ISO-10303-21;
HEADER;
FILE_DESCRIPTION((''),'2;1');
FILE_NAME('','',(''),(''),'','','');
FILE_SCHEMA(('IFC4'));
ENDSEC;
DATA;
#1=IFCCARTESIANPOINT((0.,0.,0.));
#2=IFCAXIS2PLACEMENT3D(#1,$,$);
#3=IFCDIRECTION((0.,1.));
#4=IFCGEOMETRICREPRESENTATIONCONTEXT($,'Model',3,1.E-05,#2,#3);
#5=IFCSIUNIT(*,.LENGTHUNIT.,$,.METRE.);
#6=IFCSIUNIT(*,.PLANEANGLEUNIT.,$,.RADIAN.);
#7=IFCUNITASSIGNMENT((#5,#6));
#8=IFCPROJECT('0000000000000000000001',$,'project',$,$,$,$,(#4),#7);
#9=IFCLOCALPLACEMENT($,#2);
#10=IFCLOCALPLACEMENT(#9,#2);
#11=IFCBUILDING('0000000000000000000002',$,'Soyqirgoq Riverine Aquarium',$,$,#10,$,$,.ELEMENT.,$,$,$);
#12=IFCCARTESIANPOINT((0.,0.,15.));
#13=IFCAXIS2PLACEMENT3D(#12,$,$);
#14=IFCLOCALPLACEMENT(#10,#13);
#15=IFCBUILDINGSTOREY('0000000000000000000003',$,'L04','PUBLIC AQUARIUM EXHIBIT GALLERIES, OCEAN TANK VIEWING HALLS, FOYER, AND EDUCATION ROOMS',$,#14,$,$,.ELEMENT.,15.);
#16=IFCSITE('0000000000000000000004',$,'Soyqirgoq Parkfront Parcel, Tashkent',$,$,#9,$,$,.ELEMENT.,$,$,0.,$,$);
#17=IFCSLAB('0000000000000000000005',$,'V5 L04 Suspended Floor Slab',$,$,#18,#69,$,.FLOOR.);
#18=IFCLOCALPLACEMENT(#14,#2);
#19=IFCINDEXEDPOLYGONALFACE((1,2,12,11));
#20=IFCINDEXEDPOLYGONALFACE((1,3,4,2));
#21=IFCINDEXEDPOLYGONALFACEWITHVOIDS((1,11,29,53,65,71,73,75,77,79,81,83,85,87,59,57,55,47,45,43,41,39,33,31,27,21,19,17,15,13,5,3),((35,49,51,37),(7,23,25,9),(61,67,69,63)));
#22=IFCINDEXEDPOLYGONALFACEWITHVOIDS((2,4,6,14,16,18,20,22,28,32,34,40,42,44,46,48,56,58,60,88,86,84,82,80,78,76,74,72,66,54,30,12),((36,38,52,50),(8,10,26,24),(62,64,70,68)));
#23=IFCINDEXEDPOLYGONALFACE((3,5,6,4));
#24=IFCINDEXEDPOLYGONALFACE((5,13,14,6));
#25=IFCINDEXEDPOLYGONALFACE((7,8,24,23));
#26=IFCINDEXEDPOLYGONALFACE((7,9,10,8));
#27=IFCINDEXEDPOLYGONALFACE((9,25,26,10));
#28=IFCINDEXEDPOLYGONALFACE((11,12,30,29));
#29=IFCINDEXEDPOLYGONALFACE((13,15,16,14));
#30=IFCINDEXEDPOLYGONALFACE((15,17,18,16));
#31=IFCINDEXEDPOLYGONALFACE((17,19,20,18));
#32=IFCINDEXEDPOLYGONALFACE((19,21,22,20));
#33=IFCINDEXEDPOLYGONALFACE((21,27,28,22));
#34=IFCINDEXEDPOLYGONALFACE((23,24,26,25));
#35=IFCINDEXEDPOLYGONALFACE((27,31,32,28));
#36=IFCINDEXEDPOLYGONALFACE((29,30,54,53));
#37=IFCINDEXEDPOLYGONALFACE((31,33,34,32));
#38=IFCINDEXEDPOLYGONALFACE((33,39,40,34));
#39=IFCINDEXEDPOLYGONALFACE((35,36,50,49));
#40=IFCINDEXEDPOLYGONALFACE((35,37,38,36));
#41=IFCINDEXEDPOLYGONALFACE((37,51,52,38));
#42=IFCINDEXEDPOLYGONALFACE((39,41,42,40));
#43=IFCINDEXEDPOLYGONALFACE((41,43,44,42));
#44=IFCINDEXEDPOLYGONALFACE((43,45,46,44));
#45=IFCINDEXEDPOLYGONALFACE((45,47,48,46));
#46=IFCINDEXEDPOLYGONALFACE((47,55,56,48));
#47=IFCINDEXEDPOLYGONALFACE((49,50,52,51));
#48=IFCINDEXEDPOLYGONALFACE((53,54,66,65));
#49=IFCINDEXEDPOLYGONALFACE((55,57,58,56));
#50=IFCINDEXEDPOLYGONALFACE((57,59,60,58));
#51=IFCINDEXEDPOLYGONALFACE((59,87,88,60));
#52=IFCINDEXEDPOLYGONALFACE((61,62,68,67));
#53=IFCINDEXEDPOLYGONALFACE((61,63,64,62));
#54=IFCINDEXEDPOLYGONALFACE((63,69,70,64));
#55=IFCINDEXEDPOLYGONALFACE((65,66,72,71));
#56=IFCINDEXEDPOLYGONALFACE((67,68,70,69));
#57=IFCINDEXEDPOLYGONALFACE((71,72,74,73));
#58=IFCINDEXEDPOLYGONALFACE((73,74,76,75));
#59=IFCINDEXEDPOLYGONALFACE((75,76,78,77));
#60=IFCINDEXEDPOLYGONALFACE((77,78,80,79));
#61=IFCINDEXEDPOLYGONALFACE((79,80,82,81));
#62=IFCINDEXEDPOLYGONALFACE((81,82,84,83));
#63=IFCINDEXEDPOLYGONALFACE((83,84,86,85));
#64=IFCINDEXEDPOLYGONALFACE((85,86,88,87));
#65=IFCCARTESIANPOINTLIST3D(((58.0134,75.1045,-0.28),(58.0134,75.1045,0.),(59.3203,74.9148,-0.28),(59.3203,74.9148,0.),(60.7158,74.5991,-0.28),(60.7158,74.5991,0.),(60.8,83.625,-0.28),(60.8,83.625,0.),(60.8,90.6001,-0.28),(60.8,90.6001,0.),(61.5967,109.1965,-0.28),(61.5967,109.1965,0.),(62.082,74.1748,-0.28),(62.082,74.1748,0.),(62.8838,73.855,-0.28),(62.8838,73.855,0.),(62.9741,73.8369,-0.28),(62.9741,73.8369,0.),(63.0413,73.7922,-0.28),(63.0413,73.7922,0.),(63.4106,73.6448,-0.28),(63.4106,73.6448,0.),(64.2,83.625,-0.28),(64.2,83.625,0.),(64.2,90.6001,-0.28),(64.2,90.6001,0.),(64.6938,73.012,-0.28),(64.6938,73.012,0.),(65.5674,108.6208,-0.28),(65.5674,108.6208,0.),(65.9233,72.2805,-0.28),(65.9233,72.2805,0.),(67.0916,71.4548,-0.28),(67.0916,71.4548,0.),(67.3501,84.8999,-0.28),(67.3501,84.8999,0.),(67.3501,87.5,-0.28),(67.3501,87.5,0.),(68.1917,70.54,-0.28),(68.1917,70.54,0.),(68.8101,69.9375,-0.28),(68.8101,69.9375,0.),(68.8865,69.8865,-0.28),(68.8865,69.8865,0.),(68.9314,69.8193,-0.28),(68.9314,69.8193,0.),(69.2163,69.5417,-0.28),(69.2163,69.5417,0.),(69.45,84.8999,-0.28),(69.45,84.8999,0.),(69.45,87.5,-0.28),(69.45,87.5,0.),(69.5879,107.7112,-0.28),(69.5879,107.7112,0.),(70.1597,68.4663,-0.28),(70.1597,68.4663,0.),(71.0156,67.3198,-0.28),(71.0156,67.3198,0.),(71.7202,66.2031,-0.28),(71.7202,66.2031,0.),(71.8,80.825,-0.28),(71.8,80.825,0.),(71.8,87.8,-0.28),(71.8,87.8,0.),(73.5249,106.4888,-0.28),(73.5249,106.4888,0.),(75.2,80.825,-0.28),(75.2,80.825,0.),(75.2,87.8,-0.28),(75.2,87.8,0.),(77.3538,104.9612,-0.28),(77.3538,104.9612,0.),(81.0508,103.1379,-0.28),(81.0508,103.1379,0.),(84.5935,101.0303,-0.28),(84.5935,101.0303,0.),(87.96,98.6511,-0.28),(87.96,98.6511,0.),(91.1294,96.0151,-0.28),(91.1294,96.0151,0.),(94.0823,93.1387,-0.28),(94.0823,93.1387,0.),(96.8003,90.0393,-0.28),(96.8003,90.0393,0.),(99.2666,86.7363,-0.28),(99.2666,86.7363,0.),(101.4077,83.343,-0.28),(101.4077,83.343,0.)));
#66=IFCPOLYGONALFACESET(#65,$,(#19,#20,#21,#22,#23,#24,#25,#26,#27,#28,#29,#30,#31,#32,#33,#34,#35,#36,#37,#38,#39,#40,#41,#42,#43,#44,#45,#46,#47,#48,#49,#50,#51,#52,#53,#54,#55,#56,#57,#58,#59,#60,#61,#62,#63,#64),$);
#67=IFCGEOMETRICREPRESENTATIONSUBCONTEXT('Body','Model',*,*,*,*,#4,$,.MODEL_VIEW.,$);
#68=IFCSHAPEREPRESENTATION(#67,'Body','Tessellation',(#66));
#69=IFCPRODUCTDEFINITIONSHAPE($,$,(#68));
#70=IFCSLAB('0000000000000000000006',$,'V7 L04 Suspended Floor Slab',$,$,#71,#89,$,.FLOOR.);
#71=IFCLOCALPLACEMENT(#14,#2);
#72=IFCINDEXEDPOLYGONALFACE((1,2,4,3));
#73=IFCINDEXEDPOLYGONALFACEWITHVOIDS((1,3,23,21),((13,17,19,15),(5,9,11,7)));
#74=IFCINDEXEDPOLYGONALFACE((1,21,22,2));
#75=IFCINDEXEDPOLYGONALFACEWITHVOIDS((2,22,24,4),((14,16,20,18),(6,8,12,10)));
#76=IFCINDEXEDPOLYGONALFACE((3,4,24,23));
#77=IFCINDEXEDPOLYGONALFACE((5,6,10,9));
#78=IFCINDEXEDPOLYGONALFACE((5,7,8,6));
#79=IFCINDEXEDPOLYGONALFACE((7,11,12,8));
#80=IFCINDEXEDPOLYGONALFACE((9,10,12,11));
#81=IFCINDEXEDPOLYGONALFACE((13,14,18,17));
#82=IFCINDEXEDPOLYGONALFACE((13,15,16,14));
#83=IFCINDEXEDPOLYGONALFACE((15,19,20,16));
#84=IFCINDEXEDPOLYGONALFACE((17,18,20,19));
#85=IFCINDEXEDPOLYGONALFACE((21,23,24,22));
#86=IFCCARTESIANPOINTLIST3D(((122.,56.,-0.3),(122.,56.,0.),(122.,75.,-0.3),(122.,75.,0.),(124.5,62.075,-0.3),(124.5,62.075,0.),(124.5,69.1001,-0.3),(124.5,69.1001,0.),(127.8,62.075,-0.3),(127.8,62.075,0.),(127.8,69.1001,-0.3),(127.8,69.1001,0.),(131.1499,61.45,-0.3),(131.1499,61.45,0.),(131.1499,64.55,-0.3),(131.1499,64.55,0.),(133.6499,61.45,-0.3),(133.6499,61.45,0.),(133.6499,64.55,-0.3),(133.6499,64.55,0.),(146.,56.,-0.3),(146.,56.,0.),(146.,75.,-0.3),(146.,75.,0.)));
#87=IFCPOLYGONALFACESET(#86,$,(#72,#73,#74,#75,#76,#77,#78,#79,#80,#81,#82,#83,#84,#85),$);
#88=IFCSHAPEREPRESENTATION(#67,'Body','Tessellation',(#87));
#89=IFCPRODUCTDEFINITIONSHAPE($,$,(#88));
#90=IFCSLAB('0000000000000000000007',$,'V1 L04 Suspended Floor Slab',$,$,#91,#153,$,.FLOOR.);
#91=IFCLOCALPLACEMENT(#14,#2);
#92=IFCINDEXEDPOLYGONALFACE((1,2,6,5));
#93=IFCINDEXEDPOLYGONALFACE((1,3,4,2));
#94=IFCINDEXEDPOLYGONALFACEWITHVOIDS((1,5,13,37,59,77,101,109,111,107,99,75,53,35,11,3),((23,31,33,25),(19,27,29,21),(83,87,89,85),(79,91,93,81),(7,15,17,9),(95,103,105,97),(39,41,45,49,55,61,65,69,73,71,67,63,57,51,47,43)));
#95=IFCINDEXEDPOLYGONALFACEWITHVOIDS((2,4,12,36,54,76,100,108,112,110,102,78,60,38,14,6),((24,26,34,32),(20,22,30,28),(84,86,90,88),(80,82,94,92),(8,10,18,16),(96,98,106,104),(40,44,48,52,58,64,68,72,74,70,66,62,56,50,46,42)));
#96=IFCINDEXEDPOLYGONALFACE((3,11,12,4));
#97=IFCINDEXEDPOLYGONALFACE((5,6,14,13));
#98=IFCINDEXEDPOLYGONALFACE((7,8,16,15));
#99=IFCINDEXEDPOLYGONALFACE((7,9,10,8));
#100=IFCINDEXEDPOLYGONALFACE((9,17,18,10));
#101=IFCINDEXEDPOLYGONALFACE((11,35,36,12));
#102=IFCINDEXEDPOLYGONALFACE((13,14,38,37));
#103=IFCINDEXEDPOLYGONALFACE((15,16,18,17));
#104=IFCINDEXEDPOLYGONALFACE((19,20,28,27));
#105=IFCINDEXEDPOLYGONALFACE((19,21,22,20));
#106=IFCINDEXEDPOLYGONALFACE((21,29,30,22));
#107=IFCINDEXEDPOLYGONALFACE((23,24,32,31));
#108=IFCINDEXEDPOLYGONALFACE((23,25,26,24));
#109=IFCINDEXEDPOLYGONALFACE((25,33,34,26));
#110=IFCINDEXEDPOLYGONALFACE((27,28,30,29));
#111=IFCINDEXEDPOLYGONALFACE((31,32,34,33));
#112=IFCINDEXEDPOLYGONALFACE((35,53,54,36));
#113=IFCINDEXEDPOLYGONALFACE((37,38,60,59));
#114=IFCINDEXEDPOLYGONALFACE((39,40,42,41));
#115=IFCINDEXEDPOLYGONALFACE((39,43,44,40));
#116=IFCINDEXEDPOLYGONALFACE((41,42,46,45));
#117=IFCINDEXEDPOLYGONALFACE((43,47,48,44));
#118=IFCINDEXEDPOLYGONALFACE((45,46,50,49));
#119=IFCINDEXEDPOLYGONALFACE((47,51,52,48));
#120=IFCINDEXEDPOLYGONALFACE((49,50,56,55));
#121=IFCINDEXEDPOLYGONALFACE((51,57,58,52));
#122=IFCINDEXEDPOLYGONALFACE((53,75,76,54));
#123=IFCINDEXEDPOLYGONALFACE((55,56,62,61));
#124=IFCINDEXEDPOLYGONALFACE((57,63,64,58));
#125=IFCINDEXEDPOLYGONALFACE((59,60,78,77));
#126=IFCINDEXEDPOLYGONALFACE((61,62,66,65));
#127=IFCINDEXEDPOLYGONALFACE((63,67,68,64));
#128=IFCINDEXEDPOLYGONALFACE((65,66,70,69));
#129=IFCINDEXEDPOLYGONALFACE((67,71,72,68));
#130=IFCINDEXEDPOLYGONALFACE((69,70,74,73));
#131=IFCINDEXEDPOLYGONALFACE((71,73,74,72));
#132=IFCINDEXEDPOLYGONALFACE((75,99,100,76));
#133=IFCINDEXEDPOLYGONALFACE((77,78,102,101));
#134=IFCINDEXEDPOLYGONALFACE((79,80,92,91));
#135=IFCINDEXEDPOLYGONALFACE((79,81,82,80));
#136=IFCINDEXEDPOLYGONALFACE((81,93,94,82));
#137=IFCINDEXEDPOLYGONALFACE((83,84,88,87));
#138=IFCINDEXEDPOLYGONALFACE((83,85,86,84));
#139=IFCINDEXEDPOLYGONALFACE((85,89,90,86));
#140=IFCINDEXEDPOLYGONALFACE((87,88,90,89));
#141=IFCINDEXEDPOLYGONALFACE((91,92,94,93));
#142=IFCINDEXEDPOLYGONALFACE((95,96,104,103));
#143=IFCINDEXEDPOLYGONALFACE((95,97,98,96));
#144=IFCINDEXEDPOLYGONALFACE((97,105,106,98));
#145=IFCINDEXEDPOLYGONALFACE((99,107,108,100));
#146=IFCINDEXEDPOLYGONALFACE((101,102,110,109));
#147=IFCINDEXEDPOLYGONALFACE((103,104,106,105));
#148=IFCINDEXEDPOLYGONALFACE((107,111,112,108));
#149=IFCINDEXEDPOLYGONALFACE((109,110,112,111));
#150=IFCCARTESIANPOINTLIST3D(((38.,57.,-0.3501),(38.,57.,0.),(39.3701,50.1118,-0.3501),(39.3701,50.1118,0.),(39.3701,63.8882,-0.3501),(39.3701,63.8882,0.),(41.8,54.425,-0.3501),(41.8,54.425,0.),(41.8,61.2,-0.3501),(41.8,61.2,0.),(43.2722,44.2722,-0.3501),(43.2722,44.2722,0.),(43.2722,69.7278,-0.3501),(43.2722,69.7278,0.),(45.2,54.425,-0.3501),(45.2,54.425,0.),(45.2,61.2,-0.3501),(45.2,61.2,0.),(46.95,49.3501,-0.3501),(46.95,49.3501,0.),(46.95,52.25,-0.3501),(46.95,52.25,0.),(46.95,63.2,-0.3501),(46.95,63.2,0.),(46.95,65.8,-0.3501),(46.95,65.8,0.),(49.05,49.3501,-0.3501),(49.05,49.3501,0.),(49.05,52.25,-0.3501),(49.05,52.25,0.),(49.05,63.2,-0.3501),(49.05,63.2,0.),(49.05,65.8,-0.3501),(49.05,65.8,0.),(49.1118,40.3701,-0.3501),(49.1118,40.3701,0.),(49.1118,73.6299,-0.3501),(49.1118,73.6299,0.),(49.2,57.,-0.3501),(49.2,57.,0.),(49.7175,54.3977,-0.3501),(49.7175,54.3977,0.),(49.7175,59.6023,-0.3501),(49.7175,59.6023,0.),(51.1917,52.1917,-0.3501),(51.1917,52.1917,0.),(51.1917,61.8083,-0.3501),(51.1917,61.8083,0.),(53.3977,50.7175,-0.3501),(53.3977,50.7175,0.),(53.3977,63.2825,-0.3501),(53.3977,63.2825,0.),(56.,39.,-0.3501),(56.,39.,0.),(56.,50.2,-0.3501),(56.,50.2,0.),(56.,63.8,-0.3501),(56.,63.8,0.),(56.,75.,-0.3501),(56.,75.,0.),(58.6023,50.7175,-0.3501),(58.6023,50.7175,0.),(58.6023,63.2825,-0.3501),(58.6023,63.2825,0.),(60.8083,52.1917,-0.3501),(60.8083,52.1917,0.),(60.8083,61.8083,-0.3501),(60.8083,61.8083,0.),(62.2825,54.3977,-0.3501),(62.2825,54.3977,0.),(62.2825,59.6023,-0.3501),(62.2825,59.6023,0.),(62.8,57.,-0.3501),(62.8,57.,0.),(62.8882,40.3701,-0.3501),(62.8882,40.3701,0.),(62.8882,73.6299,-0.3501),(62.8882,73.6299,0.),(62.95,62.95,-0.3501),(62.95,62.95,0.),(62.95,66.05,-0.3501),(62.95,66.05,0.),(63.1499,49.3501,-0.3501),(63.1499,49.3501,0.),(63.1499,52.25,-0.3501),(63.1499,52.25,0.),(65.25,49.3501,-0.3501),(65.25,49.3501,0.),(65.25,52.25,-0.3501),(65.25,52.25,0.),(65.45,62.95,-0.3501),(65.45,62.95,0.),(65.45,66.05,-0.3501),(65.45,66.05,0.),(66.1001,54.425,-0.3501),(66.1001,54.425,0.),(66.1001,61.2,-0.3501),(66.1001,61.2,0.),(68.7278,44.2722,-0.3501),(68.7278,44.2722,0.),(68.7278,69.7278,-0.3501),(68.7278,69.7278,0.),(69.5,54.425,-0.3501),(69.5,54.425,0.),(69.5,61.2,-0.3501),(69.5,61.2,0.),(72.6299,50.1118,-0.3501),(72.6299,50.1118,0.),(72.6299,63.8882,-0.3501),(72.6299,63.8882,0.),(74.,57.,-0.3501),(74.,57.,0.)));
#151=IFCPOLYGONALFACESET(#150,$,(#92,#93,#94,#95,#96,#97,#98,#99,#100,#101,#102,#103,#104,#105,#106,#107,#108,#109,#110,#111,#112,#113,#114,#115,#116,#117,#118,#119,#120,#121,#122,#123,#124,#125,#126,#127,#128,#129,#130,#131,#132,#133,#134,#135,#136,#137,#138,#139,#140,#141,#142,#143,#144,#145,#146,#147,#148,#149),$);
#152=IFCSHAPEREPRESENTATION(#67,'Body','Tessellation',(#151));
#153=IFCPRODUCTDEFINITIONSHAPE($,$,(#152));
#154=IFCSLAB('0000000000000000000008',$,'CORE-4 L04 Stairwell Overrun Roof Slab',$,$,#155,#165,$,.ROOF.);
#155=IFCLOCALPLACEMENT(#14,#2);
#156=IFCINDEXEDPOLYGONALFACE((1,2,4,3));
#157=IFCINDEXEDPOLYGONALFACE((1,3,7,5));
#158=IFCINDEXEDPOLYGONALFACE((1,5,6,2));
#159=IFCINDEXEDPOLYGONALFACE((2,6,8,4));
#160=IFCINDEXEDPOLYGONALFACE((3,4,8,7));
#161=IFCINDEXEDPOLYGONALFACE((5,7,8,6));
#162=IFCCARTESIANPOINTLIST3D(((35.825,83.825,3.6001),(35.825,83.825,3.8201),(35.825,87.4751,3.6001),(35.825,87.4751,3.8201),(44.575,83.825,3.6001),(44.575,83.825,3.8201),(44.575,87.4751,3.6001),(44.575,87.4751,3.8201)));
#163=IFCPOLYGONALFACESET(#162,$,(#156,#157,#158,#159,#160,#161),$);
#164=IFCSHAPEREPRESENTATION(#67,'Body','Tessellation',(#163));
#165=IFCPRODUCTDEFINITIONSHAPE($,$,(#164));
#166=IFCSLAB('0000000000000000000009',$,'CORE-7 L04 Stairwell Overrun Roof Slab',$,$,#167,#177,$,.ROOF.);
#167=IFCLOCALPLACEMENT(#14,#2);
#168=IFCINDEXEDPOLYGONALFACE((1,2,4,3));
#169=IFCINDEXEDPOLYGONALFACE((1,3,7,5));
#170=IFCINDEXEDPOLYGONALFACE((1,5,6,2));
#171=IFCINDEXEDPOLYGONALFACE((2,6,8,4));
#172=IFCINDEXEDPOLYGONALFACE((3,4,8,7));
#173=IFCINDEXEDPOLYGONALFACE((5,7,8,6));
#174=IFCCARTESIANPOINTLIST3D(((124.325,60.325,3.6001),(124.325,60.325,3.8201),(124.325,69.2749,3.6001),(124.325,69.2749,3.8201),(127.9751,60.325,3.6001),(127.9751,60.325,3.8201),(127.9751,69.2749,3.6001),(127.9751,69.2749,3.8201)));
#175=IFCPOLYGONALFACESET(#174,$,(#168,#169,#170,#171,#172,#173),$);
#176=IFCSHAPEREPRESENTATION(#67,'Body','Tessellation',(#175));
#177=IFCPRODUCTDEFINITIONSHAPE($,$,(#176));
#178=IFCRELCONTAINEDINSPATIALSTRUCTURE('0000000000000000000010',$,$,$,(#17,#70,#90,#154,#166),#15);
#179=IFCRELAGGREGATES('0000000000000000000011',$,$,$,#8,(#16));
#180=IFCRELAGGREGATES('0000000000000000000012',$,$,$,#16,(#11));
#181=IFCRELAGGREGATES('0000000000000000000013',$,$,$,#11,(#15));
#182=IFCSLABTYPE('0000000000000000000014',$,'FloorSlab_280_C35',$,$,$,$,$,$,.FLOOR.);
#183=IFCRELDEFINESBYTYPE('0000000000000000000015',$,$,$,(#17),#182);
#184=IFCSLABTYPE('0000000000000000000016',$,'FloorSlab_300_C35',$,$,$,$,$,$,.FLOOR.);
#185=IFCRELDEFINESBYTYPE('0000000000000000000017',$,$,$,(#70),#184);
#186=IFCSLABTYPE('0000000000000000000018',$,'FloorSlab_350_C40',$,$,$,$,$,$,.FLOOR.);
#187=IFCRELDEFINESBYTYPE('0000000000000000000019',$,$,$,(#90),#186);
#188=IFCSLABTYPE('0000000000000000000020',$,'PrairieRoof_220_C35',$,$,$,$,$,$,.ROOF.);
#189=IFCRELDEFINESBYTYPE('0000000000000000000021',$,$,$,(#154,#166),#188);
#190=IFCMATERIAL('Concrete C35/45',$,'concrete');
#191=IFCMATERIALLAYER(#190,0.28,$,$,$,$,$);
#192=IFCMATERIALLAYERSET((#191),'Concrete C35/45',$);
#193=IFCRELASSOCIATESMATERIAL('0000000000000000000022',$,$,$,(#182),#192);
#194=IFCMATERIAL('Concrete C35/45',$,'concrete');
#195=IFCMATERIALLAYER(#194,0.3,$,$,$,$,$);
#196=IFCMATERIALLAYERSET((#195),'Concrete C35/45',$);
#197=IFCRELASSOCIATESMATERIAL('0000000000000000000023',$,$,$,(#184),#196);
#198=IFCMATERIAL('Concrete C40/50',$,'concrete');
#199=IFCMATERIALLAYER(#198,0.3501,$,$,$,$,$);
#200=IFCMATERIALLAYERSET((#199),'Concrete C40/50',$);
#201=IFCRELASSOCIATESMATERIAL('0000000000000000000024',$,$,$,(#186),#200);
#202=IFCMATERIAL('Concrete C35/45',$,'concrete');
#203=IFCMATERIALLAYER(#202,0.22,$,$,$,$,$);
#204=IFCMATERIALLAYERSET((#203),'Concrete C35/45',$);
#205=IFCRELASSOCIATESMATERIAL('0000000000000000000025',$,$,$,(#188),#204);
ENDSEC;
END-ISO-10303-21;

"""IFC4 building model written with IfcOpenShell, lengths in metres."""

from ifc_helpers import new_model, si_unit, direction, frame, origin, place, context, subcontext, project, spatial, polyline, outline, extrude, material, layer, layer_set, type_object, element, save


model = new_model("IFC4")

# Units and contexts
model_context = context("Model", 3, precision=1e-05, world=origin(), true_north=direction((0.0, 1.0)))
body_context = subcontext(model_context, "Body", "Model", "MODEL_VIEW")
ifc_project = project(units=[si_unit("LENGTHUNIT", "METRE"), si_unit("PLANEANGLEUNIT", "RADIAN")], contexts=[model_context])

# Site, building, storey
site_placement = place(None, origin())
site = spatial("IfcSite", under=ifc_project, at=site_placement, Name="Soyqirgoq Parkfront Parcel, Tashkent", CompositionType="ELEMENT", RefElevation=0.0)
building_placement = place(site_placement, origin())
building = spatial("IfcBuilding", under=site, at=building_placement, Name="Soyqirgoq Riverine Aquarium", CompositionType="ELEMENT")
storey_placement = place(building_placement, frame((0.0, 0.0, 15.0)))
storey = spatial("IfcBuildingStorey", under=building, at=storey_placement, Name="L04", Description="PUBLIC AQUARIUM EXHIBIT GALLERIES, OCEAN TANK VIEWING HALLS, FOYER, AND EDUCATION ROOMS", CompositionType="ELEMENT", Elevation=15.0)

# Slabs
ifc_material_1 = material(Name="Concrete C35/45", Category="concrete")
ifc_layer_1 = layer(ifc_material_1, 0.28)
ifc_layer_set_1 = layer_set([ifc_layer_1], Name="Concrete C35/45")
slab_type_1 = type_object("IfcSlabType", Name="FloorSlab_280_C35", PredefinedType="FLOOR", material=ifc_layer_set_1)
slab_1_placement = place(storey_placement, frame((0.0, 0.0, -0.28)))
element("IfcSlab", 1, at=slab_1_placement, inside=storey, type_object=slab_type_1, Name="V5 L04 Suspended Floor Slab", PredefinedType="FLOOR", context=body_context, shape_type="SweptSolid", body=[
    extrude(outline(polyline([(70.1597, 68.4663), (71.0156, 67.3198), (71.7202, 66.2031), (101.4077, 83.343), (99.2666, 86.7363), (96.8003, 90.0393), (94.0823, 93.1387), (91.1294, 96.0151), (87.96, 98.6511), (84.5935, 101.0303), (81.0508, 103.1379), (77.3538, 104.9612), (73.5249, 106.4888), (69.5879, 107.7112), (65.5674, 108.6208), (61.5967, 109.1965), (58.0134, 75.1045), (59.3203, 74.9148), (60.7158, 74.5991), (62.082, 74.1748), (62.8838, 73.855), (62.9741, 73.8369), (63.0413, 73.7922), (63.4106, 73.6448), (64.6938, 73.012), (65.9233, 72.2805), (67.0916, 71.4548), (68.1917, 70.54), (68.8101, 69.9375), (68.8865, 69.8865), (68.9314, 69.8193), (69.2163, 69.5417), (70.1597, 68.4663)]), holes=[polyline([(64.2, 83.625), (64.2, 90.6001), (60.8, 90.6001), (60.8, 83.625), (64.2, 83.625)]), polyline([(67.3501, 84.8999), (69.45, 84.8999), (69.45, 87.5), (67.3501, 87.5), (67.3501, 84.8999)]), polyline([(75.2, 80.825), (75.2, 87.8), (71.8, 87.8), (71.8, 80.825), (75.2, 80.825)])]), origin(), (0.0, 0.0, 1.0), 0.28),
])
ifc_material_2 = material(Name="Concrete C35/45", Category="concrete")
ifc_layer_2 = layer(ifc_material_2, 0.3)
ifc_layer_set_2 = layer_set([ifc_layer_2], Name="Concrete C35/45")
slab_type_2 = type_object("IfcSlabType", Name="FloorSlab_300_C35", PredefinedType="FLOOR", material=ifc_layer_set_2)
slab_2_placement = place(storey_placement, frame((0.0, 0.0, -0.3)))
element("IfcSlab", 2, at=slab_2_placement, inside=storey, type_object=slab_type_2, Name="V7 L04 Suspended Floor Slab", PredefinedType="FLOOR", context=body_context, shape_type="SweptSolid", body=[
    extrude(outline(polyline([(122.0, 56.0), (146.0, 56.0), (146.0, 75.0), (122.0, 75.0), (122.0, 56.0)]), holes=[polyline([(127.8, 62.075), (127.8, 69.1001), (124.5, 69.1001), (124.5, 62.075), (127.8, 62.075)]), polyline([(131.1499, 61.45), (133.6499, 61.45), (133.6499, 64.55), (131.1499, 64.55), (131.1499, 61.45)])]), origin(), (0.0, 0.0, 1.0), 0.3),
])
ifc_material_3 = material(Name="Concrete C40/50", Category="concrete")
ifc_layer_3 = layer(ifc_material_3, 0.3501)
ifc_layer_set_3 = layer_set([ifc_layer_3], Name="Concrete C40/50")
slab_type_3 = type_object("IfcSlabType", Name="FloorSlab_350_C40", PredefinedType="FLOOR", material=ifc_layer_set_3)
slab_3_placement = place(storey_placement, frame((0.0, 0.0, -0.3501)))
element("IfcSlab", 3, at=slab_3_placement, inside=storey, type_object=slab_type_3, Name="V1 L04 Suspended Floor Slab", PredefinedType="FLOOR", context=body_context, shape_type="SweptSolid", body=[
    extrude(outline(polyline([(74.0, 57.0), (72.6299, 63.8882), (68.7278, 69.7278), (62.8882, 73.6299), (56.0, 75.0), (49.1118, 73.6299), (43.2722, 69.7278), (39.3701, 63.8882), (38.0, 57.0), (39.3701, 50.1118), (43.2722, 44.2722), (49.1118, 40.3701), (56.0, 39.0), (62.8882, 40.3701), (68.7278, 44.2722), (72.6299, 50.1118), (74.0, 57.0)]), holes=[polyline([(69.5, 54.425), (69.5, 61.2), (66.1001, 61.2), (66.1001, 54.425), (69.5, 54.425)]), polyline([(63.1499, 49.3501), (65.25, 49.3501), (65.25, 52.25), (63.1499, 52.25), (63.1499, 49.3501)]), polyline([(62.95, 62.95), (65.45, 62.95), (65.45, 66.05), (62.95, 66.05), (62.95, 62.95)]), polyline([(45.2, 54.425), (45.2, 61.2), (41.8, 61.2), (41.8, 54.425), (45.2, 54.425)]), polyline([(46.95, 49.3501), (49.05, 49.3501), (49.05, 52.25), (46.95, 52.25), (46.95, 49.3501)]), polyline([(46.95, 63.2), (49.05, 63.2), (49.05, 65.8), (46.95, 65.8), (46.95, 63.2)]), polyline([(62.8, 57.0), (62.2825, 59.6023), (60.8083, 61.8083), (58.6023, 63.2825), (56.0, 63.8), (53.3977, 63.2825), (51.1917, 61.8083), (49.7175, 59.6023), (49.2, 57.0), (49.7175, 54.3977), (51.1917, 52.1917), (53.3977, 50.7175), (56.0, 50.2), (58.6023, 50.7175), (60.8083, 52.1917), (62.2825, 54.3977), (62.8, 57.0)])]), origin(), (0.0, 0.0, 1.0), 0.3501),
])
ifc_material_4 = material(Name="Concrete C35/45", Category="concrete")
ifc_layer_4 = layer(ifc_material_4, 0.22)
ifc_layer_set_4 = layer_set([ifc_layer_4], Name="Concrete C35/45")
slab_type_4 = type_object("IfcSlabType", Name="PrairieRoof_220_C35", PredefinedType="ROOF", material=ifc_layer_set_4)
slab_4_placement = place(storey_placement, frame((0.0, 0.0, 3.6001)))
element("IfcSlab", 4, at=slab_4_placement, inside=storey, type_object=slab_type_4, Name="CORE-4 L04 Stairwell Overrun Roof Slab", PredefinedType="ROOF", context=body_context, shape_type="SweptSolid", body=[
    extrude(outline(polyline([(35.825, 83.825), (44.575, 83.825), (44.575, 87.4751), (35.825, 87.4751), (35.825, 83.825)])), origin(), (0.0, 0.0, 1.0), 0.22),
])
slab_5_placement = place(storey_placement, frame((0.0, 0.0, 3.6001)))
element("IfcSlab", 5, at=slab_5_placement, inside=storey, type_object=slab_type_4, Name="CORE-7 L04 Stairwell Overrun Roof Slab", PredefinedType="ROOF", context=body_context, shape_type="SweptSolid", body=[
    extrude(outline(polyline([(127.9751, 60.325), (127.9751, 69.2749), (124.325, 69.2749), (124.325, 60.325), (127.9751, 60.325)])), origin(), (0.0, 0.0, 1.0), 0.22),
])

save(model, "model.ifc")
